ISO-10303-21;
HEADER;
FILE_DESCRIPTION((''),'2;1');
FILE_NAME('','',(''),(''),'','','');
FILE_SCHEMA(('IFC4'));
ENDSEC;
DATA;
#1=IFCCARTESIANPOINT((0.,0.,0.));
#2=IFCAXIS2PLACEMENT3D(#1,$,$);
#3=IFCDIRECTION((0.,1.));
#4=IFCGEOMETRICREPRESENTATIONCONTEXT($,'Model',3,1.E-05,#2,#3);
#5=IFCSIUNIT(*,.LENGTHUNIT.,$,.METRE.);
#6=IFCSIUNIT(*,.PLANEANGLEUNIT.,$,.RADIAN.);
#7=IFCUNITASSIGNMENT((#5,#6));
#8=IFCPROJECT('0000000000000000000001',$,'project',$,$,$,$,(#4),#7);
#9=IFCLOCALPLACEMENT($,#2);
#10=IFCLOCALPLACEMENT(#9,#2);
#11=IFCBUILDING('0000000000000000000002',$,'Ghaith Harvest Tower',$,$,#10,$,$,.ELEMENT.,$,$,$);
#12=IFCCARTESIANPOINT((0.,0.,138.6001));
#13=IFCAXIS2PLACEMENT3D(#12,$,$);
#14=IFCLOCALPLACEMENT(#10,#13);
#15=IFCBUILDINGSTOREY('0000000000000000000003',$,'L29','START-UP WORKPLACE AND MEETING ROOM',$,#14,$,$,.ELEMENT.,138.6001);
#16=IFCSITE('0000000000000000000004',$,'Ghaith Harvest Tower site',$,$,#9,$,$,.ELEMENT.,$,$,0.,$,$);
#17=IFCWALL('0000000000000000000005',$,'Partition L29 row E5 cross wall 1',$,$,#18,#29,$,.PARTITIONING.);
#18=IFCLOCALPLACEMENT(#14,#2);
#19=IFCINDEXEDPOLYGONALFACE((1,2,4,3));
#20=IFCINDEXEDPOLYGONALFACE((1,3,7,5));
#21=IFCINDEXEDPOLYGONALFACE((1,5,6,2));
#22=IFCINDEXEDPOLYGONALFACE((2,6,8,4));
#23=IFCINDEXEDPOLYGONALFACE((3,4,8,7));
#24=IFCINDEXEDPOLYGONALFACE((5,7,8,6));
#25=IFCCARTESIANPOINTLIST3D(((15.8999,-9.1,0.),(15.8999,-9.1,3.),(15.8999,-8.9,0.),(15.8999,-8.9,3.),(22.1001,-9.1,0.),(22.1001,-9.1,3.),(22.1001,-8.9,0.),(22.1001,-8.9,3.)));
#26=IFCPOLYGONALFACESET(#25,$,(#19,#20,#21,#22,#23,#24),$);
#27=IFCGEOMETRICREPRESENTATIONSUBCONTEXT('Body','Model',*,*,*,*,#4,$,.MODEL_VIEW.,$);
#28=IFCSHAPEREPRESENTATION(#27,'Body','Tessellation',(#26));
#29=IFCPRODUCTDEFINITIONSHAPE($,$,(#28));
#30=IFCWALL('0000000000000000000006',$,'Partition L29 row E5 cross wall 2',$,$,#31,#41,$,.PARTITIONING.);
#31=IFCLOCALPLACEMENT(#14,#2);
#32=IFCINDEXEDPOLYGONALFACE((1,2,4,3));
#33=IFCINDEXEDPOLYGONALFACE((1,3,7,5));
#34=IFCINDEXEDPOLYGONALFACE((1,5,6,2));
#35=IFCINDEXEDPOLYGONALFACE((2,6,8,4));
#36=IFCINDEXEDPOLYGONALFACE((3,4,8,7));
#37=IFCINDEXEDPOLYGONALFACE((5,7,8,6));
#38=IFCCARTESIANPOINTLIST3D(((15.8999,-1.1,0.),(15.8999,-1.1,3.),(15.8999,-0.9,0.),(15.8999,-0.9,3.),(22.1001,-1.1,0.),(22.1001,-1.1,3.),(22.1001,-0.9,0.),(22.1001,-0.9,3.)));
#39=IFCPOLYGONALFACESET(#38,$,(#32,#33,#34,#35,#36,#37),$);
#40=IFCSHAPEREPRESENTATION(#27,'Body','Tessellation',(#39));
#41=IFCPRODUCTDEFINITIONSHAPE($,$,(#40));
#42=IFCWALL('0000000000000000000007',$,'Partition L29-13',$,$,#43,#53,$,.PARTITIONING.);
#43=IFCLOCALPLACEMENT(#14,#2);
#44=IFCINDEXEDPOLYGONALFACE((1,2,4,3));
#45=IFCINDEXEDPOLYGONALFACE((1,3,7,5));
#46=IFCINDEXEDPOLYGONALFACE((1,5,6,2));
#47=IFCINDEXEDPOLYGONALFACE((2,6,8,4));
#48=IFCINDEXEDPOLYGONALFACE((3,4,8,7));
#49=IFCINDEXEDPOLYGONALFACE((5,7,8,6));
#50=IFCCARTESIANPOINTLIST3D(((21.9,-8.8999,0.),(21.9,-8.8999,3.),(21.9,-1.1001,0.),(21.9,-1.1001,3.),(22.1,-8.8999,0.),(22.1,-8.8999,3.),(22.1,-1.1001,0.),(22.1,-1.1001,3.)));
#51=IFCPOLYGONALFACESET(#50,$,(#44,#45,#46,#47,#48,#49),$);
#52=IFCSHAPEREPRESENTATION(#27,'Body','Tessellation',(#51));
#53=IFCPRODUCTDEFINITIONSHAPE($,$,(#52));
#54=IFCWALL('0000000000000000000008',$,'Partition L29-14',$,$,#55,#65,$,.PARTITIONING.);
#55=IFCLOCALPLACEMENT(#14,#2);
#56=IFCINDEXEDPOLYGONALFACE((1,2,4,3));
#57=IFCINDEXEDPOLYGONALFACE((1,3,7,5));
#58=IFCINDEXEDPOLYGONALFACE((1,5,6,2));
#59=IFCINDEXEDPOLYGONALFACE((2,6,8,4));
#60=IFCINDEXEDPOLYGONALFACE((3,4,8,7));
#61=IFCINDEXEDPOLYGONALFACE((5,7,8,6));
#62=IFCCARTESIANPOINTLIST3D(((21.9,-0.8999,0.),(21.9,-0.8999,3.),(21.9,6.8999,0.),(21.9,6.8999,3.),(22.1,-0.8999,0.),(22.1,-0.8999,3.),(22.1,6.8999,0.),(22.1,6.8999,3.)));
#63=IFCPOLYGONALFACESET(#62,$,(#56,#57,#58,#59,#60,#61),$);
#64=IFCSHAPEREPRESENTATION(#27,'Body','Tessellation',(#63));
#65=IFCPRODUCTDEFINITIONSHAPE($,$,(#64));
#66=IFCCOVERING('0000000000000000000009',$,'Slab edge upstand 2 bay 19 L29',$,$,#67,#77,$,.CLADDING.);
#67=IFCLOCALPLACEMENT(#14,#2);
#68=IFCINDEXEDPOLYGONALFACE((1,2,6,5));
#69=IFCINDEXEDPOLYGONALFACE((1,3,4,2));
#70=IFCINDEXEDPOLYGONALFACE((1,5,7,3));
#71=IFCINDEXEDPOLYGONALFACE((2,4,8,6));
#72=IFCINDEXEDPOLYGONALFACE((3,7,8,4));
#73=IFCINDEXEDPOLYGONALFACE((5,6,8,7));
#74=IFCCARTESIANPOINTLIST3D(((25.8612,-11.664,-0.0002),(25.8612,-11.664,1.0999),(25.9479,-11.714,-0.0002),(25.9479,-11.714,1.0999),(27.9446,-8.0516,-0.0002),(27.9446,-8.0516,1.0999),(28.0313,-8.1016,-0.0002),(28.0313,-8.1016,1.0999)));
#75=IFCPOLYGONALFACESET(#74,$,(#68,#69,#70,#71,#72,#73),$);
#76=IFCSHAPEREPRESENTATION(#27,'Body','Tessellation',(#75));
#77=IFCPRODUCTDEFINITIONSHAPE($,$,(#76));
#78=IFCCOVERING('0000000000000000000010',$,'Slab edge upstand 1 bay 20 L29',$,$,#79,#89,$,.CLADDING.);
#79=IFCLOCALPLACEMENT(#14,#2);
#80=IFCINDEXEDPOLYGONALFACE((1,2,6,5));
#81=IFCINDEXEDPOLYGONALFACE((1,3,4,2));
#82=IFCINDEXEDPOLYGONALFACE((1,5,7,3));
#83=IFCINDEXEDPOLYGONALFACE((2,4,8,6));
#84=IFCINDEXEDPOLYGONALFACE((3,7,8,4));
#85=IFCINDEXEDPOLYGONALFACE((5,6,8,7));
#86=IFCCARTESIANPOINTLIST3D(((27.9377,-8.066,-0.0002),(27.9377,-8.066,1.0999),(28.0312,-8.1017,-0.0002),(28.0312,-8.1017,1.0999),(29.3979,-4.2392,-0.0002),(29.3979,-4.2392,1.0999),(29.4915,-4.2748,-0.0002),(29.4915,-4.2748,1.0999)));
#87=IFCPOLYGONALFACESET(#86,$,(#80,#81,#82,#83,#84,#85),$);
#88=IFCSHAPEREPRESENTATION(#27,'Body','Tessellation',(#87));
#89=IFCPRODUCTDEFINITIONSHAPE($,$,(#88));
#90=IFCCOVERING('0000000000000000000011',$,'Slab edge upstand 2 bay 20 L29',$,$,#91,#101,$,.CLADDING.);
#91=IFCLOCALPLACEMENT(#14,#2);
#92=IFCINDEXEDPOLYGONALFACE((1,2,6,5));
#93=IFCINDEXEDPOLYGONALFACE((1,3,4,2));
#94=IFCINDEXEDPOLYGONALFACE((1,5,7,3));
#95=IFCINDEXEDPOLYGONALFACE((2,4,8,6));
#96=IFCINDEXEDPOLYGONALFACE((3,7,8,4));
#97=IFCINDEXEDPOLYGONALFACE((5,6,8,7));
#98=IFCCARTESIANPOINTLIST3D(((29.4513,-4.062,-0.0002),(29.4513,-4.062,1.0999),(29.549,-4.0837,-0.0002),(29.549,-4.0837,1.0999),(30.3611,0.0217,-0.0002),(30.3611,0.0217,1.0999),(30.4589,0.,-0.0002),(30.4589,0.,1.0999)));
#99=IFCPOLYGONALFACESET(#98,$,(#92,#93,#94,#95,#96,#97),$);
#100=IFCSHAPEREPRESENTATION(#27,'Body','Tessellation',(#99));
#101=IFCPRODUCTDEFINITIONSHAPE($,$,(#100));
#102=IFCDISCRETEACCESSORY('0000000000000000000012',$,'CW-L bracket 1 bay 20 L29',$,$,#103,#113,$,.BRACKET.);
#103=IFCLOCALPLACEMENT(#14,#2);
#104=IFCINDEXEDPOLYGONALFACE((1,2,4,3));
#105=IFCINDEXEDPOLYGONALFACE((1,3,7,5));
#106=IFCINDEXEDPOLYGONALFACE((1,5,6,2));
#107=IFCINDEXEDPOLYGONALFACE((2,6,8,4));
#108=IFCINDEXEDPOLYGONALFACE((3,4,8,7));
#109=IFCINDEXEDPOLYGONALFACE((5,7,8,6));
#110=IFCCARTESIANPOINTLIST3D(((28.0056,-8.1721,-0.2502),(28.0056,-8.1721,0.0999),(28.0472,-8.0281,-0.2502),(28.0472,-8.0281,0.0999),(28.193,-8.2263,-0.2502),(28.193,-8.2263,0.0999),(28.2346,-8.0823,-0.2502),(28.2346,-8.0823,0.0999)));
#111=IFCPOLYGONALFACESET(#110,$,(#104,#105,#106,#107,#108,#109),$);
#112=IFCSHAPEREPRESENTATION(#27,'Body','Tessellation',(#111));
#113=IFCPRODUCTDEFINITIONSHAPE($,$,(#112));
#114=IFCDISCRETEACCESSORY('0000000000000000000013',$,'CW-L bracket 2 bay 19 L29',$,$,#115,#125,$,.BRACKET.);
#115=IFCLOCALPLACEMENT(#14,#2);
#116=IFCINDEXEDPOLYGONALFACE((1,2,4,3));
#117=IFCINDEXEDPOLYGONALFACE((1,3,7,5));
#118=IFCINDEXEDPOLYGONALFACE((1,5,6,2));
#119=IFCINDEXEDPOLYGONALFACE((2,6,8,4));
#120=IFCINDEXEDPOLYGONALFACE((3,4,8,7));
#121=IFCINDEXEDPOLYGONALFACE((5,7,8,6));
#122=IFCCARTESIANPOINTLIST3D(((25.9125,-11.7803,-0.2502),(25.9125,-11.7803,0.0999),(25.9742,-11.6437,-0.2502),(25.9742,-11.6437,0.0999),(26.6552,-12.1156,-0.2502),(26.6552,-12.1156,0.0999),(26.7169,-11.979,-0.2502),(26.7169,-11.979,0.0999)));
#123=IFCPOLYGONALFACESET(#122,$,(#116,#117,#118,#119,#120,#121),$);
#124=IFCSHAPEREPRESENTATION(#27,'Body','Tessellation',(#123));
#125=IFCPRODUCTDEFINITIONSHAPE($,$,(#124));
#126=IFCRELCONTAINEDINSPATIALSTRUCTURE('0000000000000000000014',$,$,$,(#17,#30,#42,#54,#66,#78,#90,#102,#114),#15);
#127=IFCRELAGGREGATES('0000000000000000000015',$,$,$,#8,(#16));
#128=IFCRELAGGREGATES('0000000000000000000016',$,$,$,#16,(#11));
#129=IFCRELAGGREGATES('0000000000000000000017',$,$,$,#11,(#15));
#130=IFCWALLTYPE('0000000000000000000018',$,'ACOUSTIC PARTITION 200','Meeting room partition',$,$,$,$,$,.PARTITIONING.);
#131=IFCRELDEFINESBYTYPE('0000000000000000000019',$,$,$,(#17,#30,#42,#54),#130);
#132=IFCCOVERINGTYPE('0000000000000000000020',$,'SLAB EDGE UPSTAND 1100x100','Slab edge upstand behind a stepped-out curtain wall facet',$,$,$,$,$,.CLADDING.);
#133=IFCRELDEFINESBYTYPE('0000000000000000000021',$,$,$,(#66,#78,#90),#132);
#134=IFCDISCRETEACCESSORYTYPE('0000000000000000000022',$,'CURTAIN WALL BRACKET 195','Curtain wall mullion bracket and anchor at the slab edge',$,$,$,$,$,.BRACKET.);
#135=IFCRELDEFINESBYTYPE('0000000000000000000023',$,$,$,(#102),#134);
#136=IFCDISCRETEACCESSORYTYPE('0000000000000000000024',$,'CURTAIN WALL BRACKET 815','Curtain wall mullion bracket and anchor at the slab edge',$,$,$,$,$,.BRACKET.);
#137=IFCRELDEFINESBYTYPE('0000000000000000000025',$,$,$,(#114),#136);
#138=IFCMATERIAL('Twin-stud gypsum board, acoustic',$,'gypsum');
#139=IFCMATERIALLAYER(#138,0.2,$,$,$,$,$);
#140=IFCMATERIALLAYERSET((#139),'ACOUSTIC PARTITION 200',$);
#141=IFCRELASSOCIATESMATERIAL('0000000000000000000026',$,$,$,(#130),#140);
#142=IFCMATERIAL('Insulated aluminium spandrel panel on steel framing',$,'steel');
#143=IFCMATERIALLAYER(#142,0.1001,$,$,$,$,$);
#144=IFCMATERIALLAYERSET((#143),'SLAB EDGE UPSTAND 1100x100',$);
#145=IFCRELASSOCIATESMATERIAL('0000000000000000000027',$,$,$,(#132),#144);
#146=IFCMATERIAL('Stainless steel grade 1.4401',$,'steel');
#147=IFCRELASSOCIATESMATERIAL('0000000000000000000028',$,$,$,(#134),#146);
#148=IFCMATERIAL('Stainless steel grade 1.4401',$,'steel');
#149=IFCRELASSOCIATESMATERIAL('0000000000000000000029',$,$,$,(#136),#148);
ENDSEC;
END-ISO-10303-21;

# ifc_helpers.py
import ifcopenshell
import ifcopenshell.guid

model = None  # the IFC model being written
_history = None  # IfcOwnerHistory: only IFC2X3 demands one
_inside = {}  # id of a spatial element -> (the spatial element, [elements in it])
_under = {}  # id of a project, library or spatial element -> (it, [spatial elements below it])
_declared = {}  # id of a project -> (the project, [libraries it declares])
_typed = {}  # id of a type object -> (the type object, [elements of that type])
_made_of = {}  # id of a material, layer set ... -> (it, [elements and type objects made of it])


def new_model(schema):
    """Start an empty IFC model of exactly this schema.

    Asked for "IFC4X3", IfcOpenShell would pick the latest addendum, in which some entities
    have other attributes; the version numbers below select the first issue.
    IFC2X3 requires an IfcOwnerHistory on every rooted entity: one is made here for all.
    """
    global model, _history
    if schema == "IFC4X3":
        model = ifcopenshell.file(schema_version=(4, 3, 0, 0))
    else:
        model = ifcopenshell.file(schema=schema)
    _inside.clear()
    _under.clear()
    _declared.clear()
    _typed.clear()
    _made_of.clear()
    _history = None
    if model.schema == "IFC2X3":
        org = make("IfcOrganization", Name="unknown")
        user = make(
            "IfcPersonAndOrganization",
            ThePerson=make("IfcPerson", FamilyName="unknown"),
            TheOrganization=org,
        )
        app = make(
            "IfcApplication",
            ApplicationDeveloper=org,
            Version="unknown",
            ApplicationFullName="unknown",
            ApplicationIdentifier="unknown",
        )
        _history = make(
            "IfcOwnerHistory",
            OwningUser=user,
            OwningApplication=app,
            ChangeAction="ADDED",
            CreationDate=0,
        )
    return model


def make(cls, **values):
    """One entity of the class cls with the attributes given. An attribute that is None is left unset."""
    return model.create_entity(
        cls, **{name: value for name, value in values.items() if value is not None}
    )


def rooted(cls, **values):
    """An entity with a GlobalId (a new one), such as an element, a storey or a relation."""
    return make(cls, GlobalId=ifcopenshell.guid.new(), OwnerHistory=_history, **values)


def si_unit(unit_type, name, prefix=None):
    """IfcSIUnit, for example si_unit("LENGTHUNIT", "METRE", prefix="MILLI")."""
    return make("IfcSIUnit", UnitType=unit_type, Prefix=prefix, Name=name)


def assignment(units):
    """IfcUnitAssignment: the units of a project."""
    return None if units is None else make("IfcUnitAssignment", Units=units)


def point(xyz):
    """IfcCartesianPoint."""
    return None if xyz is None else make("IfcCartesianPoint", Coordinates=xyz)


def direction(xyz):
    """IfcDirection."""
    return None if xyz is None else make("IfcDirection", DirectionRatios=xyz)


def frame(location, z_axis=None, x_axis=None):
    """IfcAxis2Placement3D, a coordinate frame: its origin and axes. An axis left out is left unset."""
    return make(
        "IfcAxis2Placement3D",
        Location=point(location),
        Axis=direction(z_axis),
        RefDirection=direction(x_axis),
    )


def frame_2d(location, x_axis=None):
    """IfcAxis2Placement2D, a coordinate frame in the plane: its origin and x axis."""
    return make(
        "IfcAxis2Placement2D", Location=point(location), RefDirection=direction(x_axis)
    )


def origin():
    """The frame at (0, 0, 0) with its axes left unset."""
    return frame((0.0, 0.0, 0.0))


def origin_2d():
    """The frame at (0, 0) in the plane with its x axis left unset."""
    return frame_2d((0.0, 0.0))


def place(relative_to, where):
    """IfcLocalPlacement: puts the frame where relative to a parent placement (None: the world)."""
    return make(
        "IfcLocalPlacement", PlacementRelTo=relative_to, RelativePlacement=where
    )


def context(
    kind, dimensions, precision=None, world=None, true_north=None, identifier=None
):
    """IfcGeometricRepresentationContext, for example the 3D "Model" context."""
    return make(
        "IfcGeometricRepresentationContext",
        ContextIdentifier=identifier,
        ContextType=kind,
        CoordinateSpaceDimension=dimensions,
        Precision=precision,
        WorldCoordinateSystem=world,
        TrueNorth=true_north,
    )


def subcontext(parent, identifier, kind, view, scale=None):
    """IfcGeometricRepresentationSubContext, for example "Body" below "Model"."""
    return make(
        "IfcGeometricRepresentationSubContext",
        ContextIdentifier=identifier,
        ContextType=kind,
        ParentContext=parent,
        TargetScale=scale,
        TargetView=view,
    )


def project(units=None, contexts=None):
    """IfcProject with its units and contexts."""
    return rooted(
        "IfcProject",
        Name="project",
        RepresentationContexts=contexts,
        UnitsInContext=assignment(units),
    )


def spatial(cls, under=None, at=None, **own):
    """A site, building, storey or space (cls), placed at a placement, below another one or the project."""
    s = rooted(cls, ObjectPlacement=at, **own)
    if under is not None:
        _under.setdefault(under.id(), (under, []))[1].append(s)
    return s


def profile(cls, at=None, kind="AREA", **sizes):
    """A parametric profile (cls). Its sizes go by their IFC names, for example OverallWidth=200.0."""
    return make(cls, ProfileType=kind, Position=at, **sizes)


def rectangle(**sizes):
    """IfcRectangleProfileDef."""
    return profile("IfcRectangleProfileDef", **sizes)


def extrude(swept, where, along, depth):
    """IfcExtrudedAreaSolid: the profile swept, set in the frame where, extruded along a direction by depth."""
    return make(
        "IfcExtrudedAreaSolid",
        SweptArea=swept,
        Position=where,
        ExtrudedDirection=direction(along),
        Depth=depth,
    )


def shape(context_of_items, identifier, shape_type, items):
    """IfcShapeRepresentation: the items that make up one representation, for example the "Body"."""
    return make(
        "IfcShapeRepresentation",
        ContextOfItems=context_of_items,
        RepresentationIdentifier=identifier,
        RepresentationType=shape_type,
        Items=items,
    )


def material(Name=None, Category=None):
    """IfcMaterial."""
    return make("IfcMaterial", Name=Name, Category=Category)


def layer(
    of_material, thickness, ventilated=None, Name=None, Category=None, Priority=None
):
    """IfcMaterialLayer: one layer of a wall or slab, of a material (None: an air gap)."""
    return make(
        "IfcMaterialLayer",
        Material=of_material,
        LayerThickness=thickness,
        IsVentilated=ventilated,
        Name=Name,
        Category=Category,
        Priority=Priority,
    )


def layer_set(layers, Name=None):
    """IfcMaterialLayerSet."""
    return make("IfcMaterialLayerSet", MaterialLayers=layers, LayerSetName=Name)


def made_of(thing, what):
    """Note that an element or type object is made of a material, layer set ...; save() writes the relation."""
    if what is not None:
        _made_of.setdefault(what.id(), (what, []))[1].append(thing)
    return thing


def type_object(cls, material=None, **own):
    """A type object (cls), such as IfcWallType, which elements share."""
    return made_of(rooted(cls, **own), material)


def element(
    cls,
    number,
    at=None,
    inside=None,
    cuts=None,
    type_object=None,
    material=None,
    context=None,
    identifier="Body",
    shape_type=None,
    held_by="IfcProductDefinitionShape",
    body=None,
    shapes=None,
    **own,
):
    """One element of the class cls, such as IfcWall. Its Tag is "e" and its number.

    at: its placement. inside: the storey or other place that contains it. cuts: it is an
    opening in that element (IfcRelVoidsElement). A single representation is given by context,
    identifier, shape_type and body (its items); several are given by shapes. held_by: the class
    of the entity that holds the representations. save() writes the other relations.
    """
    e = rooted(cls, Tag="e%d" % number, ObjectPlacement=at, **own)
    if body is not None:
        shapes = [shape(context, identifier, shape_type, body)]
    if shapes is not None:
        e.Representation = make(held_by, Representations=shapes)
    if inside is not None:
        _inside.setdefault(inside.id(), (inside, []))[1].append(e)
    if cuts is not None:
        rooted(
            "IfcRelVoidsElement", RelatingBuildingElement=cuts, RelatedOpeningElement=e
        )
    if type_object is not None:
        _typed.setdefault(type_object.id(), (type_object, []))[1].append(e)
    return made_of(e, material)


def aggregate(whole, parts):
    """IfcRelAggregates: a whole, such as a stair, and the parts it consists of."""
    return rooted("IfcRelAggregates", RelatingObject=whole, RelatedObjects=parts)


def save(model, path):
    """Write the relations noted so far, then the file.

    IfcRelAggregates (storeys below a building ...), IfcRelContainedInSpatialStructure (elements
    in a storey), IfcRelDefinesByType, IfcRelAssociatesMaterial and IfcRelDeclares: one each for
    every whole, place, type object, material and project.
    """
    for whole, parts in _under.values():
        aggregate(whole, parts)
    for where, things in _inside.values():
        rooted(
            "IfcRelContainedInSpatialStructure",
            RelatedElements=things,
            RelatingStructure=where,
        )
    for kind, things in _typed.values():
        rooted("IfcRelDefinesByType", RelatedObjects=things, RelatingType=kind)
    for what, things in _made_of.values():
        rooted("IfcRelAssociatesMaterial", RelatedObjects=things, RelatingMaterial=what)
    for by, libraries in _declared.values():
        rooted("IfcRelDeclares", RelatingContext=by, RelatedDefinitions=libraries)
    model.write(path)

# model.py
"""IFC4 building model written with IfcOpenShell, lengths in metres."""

from ifc_helpers import new_model, si_unit, direction, frame, frame_2d, origin, origin_2d, place, context, subcontext, project, spatial, rectangle, extrude, material, layer, layer_set, type_object, element, save


model = new_model("IFC4")

# Units and contexts
model_context = context("Model", 3, precision=1e-05, world=origin(), true_north=direction((0.0, 1.0)))
body_context = subcontext(model_context, "Body", "Model", "MODEL_VIEW")
ifc_project = project(units=[si_unit("LENGTHUNIT", "METRE"), si_unit("PLANEANGLEUNIT", "RADIAN")], contexts=[model_context])

# Site, building, storey
site_placement = place(None, origin())
site = spatial("IfcSite", under=ifc_project, at=site_placement, Name="Ghaith Harvest Tower site", CompositionType="ELEMENT", RefElevation=0.0)
building_placement = place(site_placement, origin())
building = spatial("IfcBuilding", under=site, at=building_placement, Name="Ghaith Harvest Tower", CompositionType="ELEMENT")
storey_placement = place(building_placement, frame((0.0, 0.0, 138.6001)))
storey = spatial("IfcBuildingStorey", under=building, at=storey_placement, Name="L29", Description="START-UP WORKPLACE AND MEETING ROOM", CompositionType="ELEMENT", Elevation=138.6001)

# Walls
ifc_material_1 = material(Name="Twin-stud gypsum board, acoustic", Category="gypsum")
ifc_layer_1 = layer(ifc_material_1, 0.2)
ifc_layer_set_1 = layer_set([ifc_layer_1], Name="ACOUSTIC PARTITION 200")
wall_type_1 = type_object("IfcWallType", Name="ACOUSTIC PARTITION 200", Description="Meeting room partition", PredefinedType="PARTITIONING", material=ifc_layer_set_1)
for number, where, z_axis, x_axis, name in (
    (1, (15.8999, -9.0, 0.0), (0.0, 0.0, 1.0), (1.0, 0.0, 0.0), "Partition L29 row E5 cross wall 1"),
    (2, (15.8999, -1.0, 0.0), (0.0, 0.0, 1.0), (1.0, 0.0, 0.0), "Partition L29 row E5 cross wall 2"),
):
    element("IfcWall", number, at=place(storey_placement, frame(where, z_axis=z_axis, x_axis=x_axis)), inside=storey, type_object=wall_type_1, Name=name, PredefinedType="PARTITIONING", context=body_context, shape_type="SweptSolid", body=[
        extrude(rectangle(XDim=6.2002, YDim=0.2, at=frame_2d((3.1001, 0.0))), origin(), (0.0, 0.0, 1.0), 3.0),
    ])

# Wall
wall_1_placement = place(storey_placement, frame((22.0, -8.8999, 0.0), z_axis=(0.0, 0.0, 1.0), x_axis=(0.0, 1.0, 0.0)))
element("IfcWall", 3, at=wall_1_placement, inside=storey, type_object=wall_type_1, Name="Partition L29-13", PredefinedType="PARTITIONING", context=body_context, shape_type="SweptSolid", body=[
    extrude(rectangle(XDim=7.7998, YDim=0.2, at=frame_2d((3.8999, 0.0))), origin(), (0.0, 0.0, 1.0), 3.0),
])

# Wall
wall_2_placement = place(storey_placement, frame((22.0, -0.8999, 0.0), z_axis=(0.0, 0.0, 1.0), x_axis=(0.0, 1.0, 0.0)))
element("IfcWall", 4, at=wall_2_placement, inside=storey, type_object=wall_type_1, Name="Partition L29-14", PredefinedType="PARTITIONING", context=body_context, shape_type="SweptSolid", body=[
    extrude(rectangle(XDim=7.7998, YDim=0.2, at=frame_2d((3.8999, 0.0))), origin(), (0.0, 0.0, 1.0), 3.0),
])

# Coverings
ifc_material_2 = material(Name="Insulated aluminium spandrel panel on steel framing", Category="steel")
ifc_layer_2 = layer(ifc_material_2, 0.1001)
ifc_layer_set_2 = layer_set([ifc_layer_2], Name="SLAB EDGE UPSTAND 1100x100")
covering_type = type_object("IfcCoveringType", Name="SLAB EDGE UPSTAND 1100x100", Description="Slab edge upstand behind a stepped-out curtain wall facet", PredefinedType="CLADDING", material=ifc_layer_set_2)
covering_1_placement = place(storey_placement, frame((26.9463, -9.8828, -0.0002), z_axis=(0.0, 0.0, 1.0), x_axis=(0.499596, 0.866258, 0.0)))
element("IfcCovering", 5, at=covering_1_placement, inside=storey, type_object=covering_type, Name="Slab edge upstand 2 bay 19 L29", PredefinedType="CLADDING", context=body_context, shape_type="SweptSolid", body=[
    extrude(rectangle(XDim=4.1702, YDim=0.1001, at=origin_2d()), origin(), (0.0, 0.0, 1.0), 1.1001),
])
covering_2_placement = place(storey_placement, frame((28.7146, -6.1704, -0.0002), z_axis=(0.0, 0.0, 1.0), x_axis=(0.356504, 0.934294, 0.0)))
element("IfcCovering", 6, at=covering_2_placement, inside=storey, type_object=covering_type, Name="Slab edge upstand 1 bay 20 L29", PredefinedType="CLADDING", context=body_context, shape_type="SweptSolid", body=[
    extrude(rectangle(XDim=4.0959, YDim=0.1001, at=origin_2d()), origin(), (0.0, 0.0, 1.0), 1.1001),
])
covering_3_placement = place(storey_placement, frame((29.9551, -2.031, -0.0002), z_axis=(0.0, 0.0, 1.0), x_axis=(0.217466, 0.976068, 0.0)))
element("IfcCovering", 7, at=covering_3_placement, inside=storey, type_object=covering_type, Name="Slab edge upstand 2 bay 20 L29", PredefinedType="CLADDING", context=body_context, shape_type="SweptSolid", body=[
    extrude(rectangle(XDim=4.1838, YDim=0.1001, at=origin_2d()), origin(), (0.0, 0.0, 1.0), 1.1001),
])

# Discrete accessories
ifc_material_3 = material(Name="Stainless steel grade 1.4401", Category="steel")
discrete_accessory_type_1 = type_object("IfcDiscreteAccessoryType", Name="CURTAIN WALL BRACKET 195", Description="Curtain wall mullion bracket and anchor at the slab edge", PredefinedType="BRACKET", material=ifc_material_3)
discrete_accessory_1_placement = place(storey_placement, frame((28.1201, -8.1272, -0.2502), z_axis=(0.0, 0.0, 1.0), x_axis=(0.96068, -0.277657, 0.0)))
element("IfcDiscreteAccessory", 8, at=discrete_accessory_1_placement, inside=storey, type_object=discrete_accessory_type_1, Name="CW-L bracket 1 bay 20 L29", PredefinedType="BRACKET", context=body_context, shape_type="SweptSolid", body=[
    extrude(rectangle(XDim=0.1951, YDim=0.1499, at=origin_2d()), origin(), (0.0, 0.0, 1.0), 0.3501),
])
ifc_material_4 = material(Name="Stainless steel grade 1.4401", Category="steel")
discrete_accessory_type_2 = type_object("IfcDiscreteAccessoryType", Name="CURTAIN WALL BRACKET 815", Description="Curtain wall mullion bracket and anchor at the slab edge", PredefinedType="BRACKET", material=ifc_material_4)
discrete_accessory_2_placement = place(storey_placement, frame((26.3147, -11.8796, -0.2502), z_axis=(0.0, 0.0, 1.0), x_axis=(0.911427, -0.411462, 0.0)))
element("IfcDiscreteAccessory", 9, at=discrete_accessory_2_placement, inside=storey, type_object=discrete_accessory_type_2, Name="CW-L bracket 2 bay 19 L29", PredefinedType="BRACKET", context=body_context, shape_type="SweptSolid", body=[
    extrude(rectangle(XDim=0.8149, YDim=0.1499, at=origin_2d()), origin(), (0.0, 0.0, 1.0), 0.3501),
])

save(model, "model.ifc")
